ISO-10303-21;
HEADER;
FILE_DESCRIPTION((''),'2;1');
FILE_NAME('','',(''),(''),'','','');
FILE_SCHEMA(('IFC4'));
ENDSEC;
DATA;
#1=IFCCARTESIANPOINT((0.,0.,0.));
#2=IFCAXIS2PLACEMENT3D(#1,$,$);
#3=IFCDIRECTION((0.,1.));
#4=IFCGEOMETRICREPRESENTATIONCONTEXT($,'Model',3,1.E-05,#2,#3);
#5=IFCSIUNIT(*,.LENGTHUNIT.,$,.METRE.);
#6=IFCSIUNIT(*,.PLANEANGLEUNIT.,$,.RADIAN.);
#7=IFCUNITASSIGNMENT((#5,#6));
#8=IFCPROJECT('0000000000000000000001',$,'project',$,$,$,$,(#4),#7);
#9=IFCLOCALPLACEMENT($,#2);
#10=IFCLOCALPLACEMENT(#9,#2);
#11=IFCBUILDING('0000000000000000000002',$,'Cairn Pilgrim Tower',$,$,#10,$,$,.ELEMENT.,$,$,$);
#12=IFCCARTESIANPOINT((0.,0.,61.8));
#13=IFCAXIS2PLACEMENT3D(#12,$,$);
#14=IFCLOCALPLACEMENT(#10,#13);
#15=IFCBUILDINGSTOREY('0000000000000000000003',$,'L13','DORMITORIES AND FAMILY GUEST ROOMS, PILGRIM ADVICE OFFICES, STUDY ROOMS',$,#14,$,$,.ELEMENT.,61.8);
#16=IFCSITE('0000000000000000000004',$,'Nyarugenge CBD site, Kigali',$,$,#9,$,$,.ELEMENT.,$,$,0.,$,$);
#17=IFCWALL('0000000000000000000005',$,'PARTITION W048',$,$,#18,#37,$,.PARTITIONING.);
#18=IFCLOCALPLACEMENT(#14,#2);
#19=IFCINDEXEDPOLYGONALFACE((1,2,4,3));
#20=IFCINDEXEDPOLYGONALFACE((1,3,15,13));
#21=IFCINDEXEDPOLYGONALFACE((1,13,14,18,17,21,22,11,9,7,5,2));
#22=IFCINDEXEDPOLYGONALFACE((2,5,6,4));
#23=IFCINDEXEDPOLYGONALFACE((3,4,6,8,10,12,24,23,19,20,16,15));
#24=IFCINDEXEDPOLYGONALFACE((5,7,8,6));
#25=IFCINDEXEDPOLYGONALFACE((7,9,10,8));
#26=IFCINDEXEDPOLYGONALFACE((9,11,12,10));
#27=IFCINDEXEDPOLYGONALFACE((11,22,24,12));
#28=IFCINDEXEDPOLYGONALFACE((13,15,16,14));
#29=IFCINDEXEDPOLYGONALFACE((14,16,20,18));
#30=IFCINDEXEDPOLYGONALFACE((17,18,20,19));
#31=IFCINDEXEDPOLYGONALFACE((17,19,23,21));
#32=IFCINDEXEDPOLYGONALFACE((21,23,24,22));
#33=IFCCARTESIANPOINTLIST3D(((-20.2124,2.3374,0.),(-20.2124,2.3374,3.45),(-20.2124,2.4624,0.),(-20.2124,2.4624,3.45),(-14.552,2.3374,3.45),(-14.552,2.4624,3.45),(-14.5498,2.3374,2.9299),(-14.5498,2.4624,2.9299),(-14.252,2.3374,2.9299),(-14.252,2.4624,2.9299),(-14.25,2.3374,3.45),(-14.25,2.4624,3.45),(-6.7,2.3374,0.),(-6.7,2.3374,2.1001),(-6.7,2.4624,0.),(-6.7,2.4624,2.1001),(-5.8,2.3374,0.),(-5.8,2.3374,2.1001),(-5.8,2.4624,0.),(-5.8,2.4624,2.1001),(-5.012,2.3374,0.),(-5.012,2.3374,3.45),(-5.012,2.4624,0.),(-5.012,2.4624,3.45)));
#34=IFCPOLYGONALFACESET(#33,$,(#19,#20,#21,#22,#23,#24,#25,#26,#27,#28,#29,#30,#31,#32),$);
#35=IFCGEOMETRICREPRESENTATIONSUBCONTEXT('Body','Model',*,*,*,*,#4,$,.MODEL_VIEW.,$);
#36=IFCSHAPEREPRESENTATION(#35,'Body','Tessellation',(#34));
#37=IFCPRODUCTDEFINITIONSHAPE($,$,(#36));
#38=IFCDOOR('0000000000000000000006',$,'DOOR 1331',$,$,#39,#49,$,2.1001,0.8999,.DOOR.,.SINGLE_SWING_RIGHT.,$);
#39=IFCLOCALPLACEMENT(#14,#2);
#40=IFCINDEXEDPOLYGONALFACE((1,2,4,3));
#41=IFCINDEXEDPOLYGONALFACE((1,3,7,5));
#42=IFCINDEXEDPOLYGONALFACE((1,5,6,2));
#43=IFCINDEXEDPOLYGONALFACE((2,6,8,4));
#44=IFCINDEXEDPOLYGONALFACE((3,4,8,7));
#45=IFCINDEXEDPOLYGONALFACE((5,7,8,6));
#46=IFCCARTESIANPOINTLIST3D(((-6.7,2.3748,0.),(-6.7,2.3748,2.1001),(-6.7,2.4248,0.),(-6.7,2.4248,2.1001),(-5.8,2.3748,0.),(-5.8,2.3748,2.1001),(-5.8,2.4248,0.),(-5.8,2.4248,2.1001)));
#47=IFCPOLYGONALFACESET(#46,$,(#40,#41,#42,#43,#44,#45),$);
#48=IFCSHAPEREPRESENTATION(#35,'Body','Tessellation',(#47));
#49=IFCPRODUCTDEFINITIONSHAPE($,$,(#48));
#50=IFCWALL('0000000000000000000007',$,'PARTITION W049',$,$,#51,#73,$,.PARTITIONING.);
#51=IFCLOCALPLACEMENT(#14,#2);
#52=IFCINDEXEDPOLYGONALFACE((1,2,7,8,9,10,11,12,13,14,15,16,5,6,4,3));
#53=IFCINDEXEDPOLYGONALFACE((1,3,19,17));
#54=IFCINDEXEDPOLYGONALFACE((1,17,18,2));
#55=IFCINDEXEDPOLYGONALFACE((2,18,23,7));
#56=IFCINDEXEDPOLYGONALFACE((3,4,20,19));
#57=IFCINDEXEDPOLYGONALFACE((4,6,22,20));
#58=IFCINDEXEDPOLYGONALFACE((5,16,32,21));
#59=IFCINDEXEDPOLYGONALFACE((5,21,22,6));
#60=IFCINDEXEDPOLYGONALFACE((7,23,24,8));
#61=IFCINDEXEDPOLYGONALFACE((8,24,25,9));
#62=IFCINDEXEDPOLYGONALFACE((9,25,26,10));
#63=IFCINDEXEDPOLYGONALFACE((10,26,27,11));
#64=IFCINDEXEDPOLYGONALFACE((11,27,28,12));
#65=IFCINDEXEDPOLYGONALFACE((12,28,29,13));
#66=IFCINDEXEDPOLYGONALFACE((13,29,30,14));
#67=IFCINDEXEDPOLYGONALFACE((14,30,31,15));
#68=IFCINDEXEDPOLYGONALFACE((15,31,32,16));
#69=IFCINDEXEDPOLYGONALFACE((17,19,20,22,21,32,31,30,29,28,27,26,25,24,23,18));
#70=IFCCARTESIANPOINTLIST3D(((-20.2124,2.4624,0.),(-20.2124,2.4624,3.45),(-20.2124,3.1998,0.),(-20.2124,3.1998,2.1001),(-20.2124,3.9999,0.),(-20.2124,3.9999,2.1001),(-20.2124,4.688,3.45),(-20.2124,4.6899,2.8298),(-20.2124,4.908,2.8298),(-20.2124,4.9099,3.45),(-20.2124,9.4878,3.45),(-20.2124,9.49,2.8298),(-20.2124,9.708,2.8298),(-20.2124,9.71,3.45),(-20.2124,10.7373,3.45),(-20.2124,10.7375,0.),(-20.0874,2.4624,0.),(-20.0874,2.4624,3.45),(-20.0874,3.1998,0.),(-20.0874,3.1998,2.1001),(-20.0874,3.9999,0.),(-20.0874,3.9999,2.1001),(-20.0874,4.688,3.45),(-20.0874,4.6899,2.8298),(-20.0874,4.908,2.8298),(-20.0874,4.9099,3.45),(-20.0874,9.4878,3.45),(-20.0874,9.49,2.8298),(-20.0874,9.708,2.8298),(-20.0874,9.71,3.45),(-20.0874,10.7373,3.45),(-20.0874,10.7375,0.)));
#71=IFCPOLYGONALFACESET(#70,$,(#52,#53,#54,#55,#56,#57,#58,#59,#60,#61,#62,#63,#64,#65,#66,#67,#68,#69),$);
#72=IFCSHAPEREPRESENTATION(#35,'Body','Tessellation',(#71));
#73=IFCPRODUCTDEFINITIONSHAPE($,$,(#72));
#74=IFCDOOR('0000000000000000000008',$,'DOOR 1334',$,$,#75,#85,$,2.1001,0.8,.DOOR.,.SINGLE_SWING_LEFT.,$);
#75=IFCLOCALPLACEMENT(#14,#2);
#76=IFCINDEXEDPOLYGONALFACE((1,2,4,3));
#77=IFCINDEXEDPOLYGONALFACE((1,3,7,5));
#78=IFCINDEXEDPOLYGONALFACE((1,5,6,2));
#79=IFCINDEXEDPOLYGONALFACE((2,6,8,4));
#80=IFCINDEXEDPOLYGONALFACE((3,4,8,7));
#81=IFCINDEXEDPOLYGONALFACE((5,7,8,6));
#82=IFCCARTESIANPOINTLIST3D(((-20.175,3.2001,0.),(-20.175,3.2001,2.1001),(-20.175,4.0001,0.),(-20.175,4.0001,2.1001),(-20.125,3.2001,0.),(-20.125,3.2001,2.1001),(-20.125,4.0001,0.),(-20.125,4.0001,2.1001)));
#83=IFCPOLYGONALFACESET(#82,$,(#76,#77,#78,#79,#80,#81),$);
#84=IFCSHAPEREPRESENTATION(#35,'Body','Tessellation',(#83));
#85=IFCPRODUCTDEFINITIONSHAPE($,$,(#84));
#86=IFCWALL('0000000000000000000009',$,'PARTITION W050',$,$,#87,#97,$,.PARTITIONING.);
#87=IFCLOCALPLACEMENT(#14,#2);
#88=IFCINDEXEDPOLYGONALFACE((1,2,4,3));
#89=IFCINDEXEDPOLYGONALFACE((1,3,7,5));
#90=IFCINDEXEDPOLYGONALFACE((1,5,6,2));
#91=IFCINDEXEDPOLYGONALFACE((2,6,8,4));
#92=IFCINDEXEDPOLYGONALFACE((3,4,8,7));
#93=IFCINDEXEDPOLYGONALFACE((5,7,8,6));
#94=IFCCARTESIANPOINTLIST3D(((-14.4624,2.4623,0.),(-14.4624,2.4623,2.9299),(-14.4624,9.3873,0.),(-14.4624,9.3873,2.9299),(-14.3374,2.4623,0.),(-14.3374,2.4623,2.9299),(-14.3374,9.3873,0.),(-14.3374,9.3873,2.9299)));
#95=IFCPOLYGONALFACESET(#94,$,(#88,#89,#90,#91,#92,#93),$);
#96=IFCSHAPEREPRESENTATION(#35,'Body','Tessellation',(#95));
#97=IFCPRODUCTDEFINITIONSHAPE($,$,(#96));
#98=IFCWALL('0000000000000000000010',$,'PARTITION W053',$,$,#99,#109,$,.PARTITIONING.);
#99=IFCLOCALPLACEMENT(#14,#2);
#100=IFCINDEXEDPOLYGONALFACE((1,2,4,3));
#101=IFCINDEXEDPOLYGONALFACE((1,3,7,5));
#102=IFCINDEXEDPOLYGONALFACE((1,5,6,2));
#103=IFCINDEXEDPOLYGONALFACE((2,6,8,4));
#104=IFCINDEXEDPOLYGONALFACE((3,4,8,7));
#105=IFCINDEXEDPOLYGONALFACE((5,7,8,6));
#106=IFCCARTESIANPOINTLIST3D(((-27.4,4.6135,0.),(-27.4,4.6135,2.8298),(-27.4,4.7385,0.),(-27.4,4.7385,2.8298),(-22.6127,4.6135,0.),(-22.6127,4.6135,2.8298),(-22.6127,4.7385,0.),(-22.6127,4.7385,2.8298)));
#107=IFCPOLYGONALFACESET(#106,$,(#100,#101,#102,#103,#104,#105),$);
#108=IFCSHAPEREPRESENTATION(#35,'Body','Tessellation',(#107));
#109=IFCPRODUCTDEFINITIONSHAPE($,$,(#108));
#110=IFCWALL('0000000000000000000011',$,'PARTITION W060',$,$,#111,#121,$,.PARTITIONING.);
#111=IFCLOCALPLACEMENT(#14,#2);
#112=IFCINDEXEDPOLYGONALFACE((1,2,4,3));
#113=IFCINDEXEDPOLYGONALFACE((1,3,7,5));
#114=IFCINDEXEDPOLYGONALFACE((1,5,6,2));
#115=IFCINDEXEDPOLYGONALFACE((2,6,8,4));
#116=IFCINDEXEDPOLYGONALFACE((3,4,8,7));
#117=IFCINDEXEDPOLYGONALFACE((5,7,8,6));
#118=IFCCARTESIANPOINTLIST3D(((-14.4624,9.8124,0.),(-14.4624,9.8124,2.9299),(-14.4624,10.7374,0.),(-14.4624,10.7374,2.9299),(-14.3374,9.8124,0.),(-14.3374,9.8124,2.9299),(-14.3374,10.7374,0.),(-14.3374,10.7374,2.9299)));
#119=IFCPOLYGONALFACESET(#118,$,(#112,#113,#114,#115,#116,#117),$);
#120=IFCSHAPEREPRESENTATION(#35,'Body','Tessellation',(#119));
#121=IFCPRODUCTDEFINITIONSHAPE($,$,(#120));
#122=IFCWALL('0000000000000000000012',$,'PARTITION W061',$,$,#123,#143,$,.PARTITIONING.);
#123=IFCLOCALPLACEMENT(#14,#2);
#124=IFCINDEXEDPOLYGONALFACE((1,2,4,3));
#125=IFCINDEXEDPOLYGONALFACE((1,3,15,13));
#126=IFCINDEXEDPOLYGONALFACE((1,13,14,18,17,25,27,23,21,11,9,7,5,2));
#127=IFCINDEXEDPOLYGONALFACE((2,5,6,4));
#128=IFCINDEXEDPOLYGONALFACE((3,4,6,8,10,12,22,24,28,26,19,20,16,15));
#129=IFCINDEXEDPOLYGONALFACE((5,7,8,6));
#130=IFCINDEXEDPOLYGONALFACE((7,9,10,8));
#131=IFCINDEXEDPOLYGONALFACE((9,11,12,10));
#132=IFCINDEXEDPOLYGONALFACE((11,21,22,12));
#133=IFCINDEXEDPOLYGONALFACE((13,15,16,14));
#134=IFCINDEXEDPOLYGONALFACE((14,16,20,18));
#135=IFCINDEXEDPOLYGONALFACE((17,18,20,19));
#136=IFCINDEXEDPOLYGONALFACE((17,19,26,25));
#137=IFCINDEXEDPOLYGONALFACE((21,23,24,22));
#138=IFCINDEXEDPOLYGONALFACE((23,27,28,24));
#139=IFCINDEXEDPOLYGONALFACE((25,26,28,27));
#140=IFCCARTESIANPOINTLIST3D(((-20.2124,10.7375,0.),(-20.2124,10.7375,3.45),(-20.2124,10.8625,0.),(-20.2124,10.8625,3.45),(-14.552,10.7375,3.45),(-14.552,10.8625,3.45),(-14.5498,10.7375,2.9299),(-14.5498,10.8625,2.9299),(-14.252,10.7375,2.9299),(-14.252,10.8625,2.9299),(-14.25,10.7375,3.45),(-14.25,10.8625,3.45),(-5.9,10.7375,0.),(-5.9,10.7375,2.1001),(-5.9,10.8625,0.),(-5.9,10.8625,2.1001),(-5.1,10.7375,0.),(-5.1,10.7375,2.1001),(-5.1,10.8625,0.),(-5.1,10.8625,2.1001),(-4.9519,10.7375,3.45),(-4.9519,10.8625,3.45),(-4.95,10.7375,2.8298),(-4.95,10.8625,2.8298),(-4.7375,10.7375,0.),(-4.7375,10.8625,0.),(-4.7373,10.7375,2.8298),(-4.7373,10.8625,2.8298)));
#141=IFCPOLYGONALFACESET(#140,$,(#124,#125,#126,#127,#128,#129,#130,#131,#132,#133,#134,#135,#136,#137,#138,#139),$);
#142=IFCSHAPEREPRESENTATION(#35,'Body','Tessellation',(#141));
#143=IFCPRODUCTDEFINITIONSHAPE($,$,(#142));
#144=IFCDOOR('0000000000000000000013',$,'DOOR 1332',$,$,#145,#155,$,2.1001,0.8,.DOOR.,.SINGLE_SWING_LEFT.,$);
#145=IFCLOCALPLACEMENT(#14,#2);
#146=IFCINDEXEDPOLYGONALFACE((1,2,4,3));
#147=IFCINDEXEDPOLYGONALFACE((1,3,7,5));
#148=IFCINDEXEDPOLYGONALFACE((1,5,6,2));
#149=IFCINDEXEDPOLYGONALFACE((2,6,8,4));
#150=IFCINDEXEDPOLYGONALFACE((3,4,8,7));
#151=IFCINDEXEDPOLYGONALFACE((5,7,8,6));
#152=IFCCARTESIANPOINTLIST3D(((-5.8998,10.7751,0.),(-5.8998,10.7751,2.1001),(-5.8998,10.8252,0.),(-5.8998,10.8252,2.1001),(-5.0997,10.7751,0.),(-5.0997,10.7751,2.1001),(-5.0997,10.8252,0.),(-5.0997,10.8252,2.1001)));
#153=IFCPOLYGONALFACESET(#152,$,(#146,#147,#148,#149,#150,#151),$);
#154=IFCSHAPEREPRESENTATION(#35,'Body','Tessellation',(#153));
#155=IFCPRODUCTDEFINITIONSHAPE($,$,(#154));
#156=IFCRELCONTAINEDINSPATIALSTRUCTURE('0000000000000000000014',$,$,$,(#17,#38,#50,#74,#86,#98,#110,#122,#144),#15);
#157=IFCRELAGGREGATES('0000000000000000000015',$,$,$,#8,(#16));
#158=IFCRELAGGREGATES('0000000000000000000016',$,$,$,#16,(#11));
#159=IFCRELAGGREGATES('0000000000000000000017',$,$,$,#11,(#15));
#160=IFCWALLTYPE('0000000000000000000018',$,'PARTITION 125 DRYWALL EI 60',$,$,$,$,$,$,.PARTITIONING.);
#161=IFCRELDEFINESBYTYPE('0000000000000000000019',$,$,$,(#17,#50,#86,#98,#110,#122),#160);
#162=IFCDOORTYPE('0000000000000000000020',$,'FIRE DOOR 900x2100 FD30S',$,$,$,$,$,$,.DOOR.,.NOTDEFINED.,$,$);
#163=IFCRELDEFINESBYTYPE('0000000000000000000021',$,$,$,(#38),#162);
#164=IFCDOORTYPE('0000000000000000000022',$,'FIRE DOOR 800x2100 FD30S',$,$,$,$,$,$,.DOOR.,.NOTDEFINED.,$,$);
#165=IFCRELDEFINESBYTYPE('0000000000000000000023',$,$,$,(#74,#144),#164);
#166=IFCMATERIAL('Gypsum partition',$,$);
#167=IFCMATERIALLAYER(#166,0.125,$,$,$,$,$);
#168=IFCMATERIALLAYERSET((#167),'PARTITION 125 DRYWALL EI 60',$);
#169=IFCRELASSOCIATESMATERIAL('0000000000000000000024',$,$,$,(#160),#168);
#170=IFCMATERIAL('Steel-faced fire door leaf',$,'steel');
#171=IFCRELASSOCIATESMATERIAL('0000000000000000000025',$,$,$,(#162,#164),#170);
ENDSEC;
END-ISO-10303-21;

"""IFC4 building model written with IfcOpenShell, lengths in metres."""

from ifc_helpers import new_model, si_unit, direction, frame, frame_2d, origin, place, context, subcontext, project, spatial, polyline, rectangle, outline, extrude, material, layer, layer_set, type_object, element, fill, save


model = new_model("IFC4")

# Units and contexts
model_context = context("Model", 3, precision=1e-05, world=origin(), true_north=direction((0.0, 1.0)))
body_context = subcontext(model_context, "Body", "Model", "MODEL_VIEW")
ifc_project = project(units=[si_unit("LENGTHUNIT", "METRE"), si_unit("PLANEANGLEUNIT", "RADIAN")], contexts=[model_context])

# Site, building, storey
site_placement = place(None, origin())
site = spatial("IfcSite", under=ifc_project, at=site_placement, Name="Nyarugenge CBD site, Kigali", CompositionType="ELEMENT", RefElevation=0.0)
building_placement = place(site_placement, origin())
building = spatial("IfcBuilding", under=site, at=building_placement, Name="Cairn Pilgrim Tower", CompositionType="ELEMENT")
storey_placement = place(building_placement, frame((0.0, 0.0, 61.8)))
storey = spatial("IfcBuildingStorey", under=building, at=storey_placement, Name="L13", Description="DORMITORIES AND FAMILY GUEST ROOMS, PILGRIM ADVICE OFFICES, STUDY ROOMS", CompositionType="ELEMENT", Elevation=61.8)

# Walls, openings, doors
ifc_material_1 = material(Name="Gypsum partition")
ifc_layer_1 = layer(ifc_material_1, 0.125)
ifc_layer_set_1 = layer_set([ifc_layer_1], Name="PARTITION 125 DRYWALL EI 60")
wall_type_1 = type_object("IfcWallType", Name="PARTITION 125 DRYWALL EI 60", PredefinedType="PARTITIONING", material=ifc_layer_set_1)
wall_1_placement = place(storey_placement, frame((-20.2124, 2.3999, 0.0), z_axis=(0.0, 0.0, 1.0), x_axis=(1.0, 0.0, 0.0)))
wall_1 = element("IfcWall", 1, at=wall_1_placement, inside=storey, type_object=wall_type_1, Name="PARTITION W048", PredefinedType="PARTITIONING", context=body_context, shape_type="SweptSolid", body=[
    extrude(outline(polyline([(0.0, 0.0), (15.2004, 0.0), (15.2004, 3.45), (5.9624, 3.45), (5.9604, 2.9299), (5.6626, 2.9299), (5.6604, 3.45), (0.0, 3.45), (0.0, 0.0)])), frame((0.0, 0.0625, 0.0), z_axis=(0.0, -1.0, 0.0), x_axis=(1.0, 0.0, 0.0)), (0.0, 0.0, 1.0), 0.125),
])
opening_1_placement = place(wall_1_placement, frame((13.5125, 0.0, 0.0)))
opening_1 = element("IfcOpeningElement", 2, at=opening_1_placement, cuts=wall_1, PredefinedType="OPENING", context=body_context, shape_type="SweptSolid", body=[
    extrude(rectangle(XDim=0.8999, YDim=2.1001, at=frame_2d((0.45, 1.05))), frame((0.0, 0.0725, 0.0), z_axis=(0.0, -1.0, 0.0), x_axis=(1.0, 0.0, 0.0)), (0.0, 0.0, 1.0), 0.145),
])
ifc_material_2 = material(Name="Steel-faced fire door leaf", Category="steel")
door_type_1 = type_object("IfcDoorType", Name="FIRE DOOR 900x2100 FD30S", OperationType="NOTDEFINED", PredefinedType="DOOR", material=ifc_material_2)
door_1_placement = place(opening_1_placement, origin())
door_1 = element("IfcDoor", 3, at=door_1_placement, inside=storey, type_object=door_type_1, Name="DOOR 1331", OperationType="SINGLE_SWING_RIGHT", OverallHeight=2.1001, OverallWidth=0.8999, PredefinedType="DOOR", context=body_context, shape_type="SweptSolid", body=[
    extrude(rectangle(XDim=0.8999, YDim=2.1001, at=frame_2d((0.45, 1.05))), frame((0.0, 0.0249, 0.0), z_axis=(0.0, -1.0, 0.0), x_axis=(1.0, 0.0, 0.0)), (0.0, 0.0, 1.0), 0.05),
])
fill(opening_1, door_1)
wall_2_placement = place(storey_placement, frame((-20.1499, 2.4624, 0.0), z_axis=(0.0, 0.0, 1.0), x_axis=(0.0, 1.0, 0.0)))
wall_2 = element("IfcWall", 4, at=wall_2_placement, inside=storey, type_object=wall_type_1, Name="PARTITION W049", PredefinedType="PARTITIONING", context=body_context, shape_type="SweptSolid", body=[
    extrude(outline(polyline([(0.0, 0.0), (8.2751, 0.0), (8.2749, 3.45), (7.2476, 3.45), (7.2456, 2.8298), (7.0276, 2.8298), (7.0254, 3.45), (2.4475, 3.45), (2.4456, 2.8298), (2.2275, 2.8298), (2.2256, 3.45), (0.0, 3.45), (0.0, 0.0)])), frame((0.0, 0.0625, 0.0), z_axis=(0.0, -1.0, 0.0), x_axis=(1.0, 0.0, 0.0)), (0.0, 0.0, 1.0), 0.125),
])
opening_2_placement = place(wall_2_placement, frame((0.7375, 0.0, 0.0)))
opening_2 = element("IfcOpeningElement", 5, at=opening_2_placement, cuts=wall_2, PredefinedType="OPENING", context=body_context, shape_type="SweptSolid", body=[
    extrude(rectangle(XDim=0.8, YDim=2.1001, at=frame_2d((0.3999, 1.05))), frame((0.0, 0.0725, 0.0), z_axis=(0.0, -1.0, 0.0), x_axis=(1.0, 0.0, 0.0)), (0.0, 0.0, 1.0), 0.145),
])
door_type_2 = type_object("IfcDoorType", Name="FIRE DOOR 800x2100 FD30S", OperationType="NOTDEFINED", PredefinedType="DOOR", material=ifc_material_2)
door_2_placement = place(opening_2_placement, frame((0.8, 0.0, 0.0), z_axis=(0.0, 0.0, 1.0), x_axis=(-1.0, 0.0, 0.0)))
door_2 = element("IfcDoor", 6, at=door_2_placement, inside=storey, type_object=door_type_2, Name="DOOR 1334", OperationType="SINGLE_SWING_LEFT", OverallHeight=2.1001, OverallWidth=0.8, PredefinedType="DOOR", context=body_context, shape_type="SweptSolid", body=[
    extrude(rectangle(XDim=0.8, YDim=2.1001, at=frame_2d((0.3999, 1.05))), frame((0.0, 0.0249, 0.0), z_axis=(0.0, -1.0, 0.0), x_axis=(1.0, 0.0, 0.0)), (0.0, 0.0, 1.0), 0.05),
])
fill(opening_2, door_2)

# Walls
wall_3_placement = place(storey_placement, frame((-14.3999, 2.4624, 0.0), z_axis=(0.0, 0.0, 1.0), x_axis=(0.0, 1.0, 0.0)))
element("IfcWall", 7, at=wall_3_placement, inside=storey, type_object=wall_type_1, Name="PARTITION W050", PredefinedType="PARTITIONING", context=body_context, shape_type="SweptSolid", body=[
    extrude(rectangle(XDim=6.925, YDim=0.125, at=frame_2d((3.4624, 0.0))), origin(), (0.0, 0.0, 1.0), 2.9299),
])
wall_4_placement = place(storey_placement, frame((-27.3999, 4.676, 0.0), z_axis=(0.0, 0.0, 1.0), x_axis=(1.0, 0.0, 0.0)))
element("IfcWall", 8, at=wall_4_placement, inside=storey, type_object=wall_type_1, Name="PARTITION W053", PredefinedType="PARTITIONING", context=body_context, shape_type="SweptSolid", body=[
    extrude(rectangle(XDim=4.7874, YDim=0.125, at=frame_2d((2.3936, 0.0))), origin(), (0.0, 0.0, 1.0), 2.8298),
])
wall_5_placement = place(storey_placement, frame((-14.3999, 9.8125, 0.0), z_axis=(0.0, 0.0, 1.0), x_axis=(0.0, 1.0, 0.0)))
element("IfcWall", 9, at=wall_5_placement, inside=storey, type_object=wall_type_1, Name="PARTITION W060", PredefinedType="PARTITIONING", context=body_context, shape_type="SweptSolid", body=[
    extrude(rectangle(XDim=0.925, YDim=0.125, at=frame_2d((0.4624, 0.0))), origin(), (0.0, 0.0, 1.0), 2.9299),
])

# Wall, opening, door
wall_6_placement = place(storey_placement, frame((-20.2124, 10.8, 0.0), z_axis=(0.0, 0.0, 1.0), x_axis=(1.0, 0.0, 0.0)))
wall_6 = element("IfcWall", 10, at=wall_6_placement, inside=storey, type_object=wall_type_1, Name="PARTITION W061", PredefinedType="PARTITIONING", context=body_context, shape_type="SweptSolid", body=[
    extrude(outline(polyline([(0.0, 0.0), (15.4749, 0.0), (15.4751, 2.8298), (15.2625, 2.8298), (15.2605, 3.45), (5.9624, 3.45), (5.9604, 2.9299), (5.6626, 2.9299), (5.6604, 3.45), (0.0, 3.45), (0.0, 0.0)])), frame((0.0, 0.0625, 0.0), z_axis=(0.0, -1.0, 0.0), x_axis=(1.0, 0.0, 0.0)), (0.0, 0.0, 1.0), 0.125),
])
opening_3_placement = place(wall_6_placement, frame((14.3125, 0.0, 0.0)))
opening_3 = element("IfcOpeningElement", 11, at=opening_3_placement, cuts=wall_6, PredefinedType="OPENING", context=body_context, shape_type="SweptSolid", body=[
    extrude(rectangle(XDim=0.8, YDim=2.1001, at=frame_2d((0.3999, 1.05))), frame((0.0, 0.0725, 0.0), z_axis=(0.0, -1.0, 0.0), x_axis=(1.0, 0.0, 0.0)), (0.0, 0.0, 1.0), 0.145),
])
door_3_placement = place(opening_3_placement, frame((0.8, 0.0, 0.0), z_axis=(0.0, 0.0, 1.0), x_axis=(-1.0, 0.0, 0.0)))
door_3 = element("IfcDoor", 12, at=door_3_placement, inside=storey, type_object=door_type_2, Name="DOOR 1332", OperationType="SINGLE_SWING_LEFT", OverallHeight=2.1001, OverallWidth=0.8, PredefinedType="DOOR", context=body_context, shape_type="SweptSolid", body=[
    extrude(rectangle(XDim=0.8, YDim=2.1001, at=frame_2d((0.3999, 1.05))), frame((0.0, 0.0249, 0.0), z_axis=(0.0, -1.0, 0.0), x_axis=(1.0, 0.0, 0.0)), (0.0, 0.0, 1.0), 0.05),
])
fill(opening_3, door_3)

save(model, "model.ifc")
